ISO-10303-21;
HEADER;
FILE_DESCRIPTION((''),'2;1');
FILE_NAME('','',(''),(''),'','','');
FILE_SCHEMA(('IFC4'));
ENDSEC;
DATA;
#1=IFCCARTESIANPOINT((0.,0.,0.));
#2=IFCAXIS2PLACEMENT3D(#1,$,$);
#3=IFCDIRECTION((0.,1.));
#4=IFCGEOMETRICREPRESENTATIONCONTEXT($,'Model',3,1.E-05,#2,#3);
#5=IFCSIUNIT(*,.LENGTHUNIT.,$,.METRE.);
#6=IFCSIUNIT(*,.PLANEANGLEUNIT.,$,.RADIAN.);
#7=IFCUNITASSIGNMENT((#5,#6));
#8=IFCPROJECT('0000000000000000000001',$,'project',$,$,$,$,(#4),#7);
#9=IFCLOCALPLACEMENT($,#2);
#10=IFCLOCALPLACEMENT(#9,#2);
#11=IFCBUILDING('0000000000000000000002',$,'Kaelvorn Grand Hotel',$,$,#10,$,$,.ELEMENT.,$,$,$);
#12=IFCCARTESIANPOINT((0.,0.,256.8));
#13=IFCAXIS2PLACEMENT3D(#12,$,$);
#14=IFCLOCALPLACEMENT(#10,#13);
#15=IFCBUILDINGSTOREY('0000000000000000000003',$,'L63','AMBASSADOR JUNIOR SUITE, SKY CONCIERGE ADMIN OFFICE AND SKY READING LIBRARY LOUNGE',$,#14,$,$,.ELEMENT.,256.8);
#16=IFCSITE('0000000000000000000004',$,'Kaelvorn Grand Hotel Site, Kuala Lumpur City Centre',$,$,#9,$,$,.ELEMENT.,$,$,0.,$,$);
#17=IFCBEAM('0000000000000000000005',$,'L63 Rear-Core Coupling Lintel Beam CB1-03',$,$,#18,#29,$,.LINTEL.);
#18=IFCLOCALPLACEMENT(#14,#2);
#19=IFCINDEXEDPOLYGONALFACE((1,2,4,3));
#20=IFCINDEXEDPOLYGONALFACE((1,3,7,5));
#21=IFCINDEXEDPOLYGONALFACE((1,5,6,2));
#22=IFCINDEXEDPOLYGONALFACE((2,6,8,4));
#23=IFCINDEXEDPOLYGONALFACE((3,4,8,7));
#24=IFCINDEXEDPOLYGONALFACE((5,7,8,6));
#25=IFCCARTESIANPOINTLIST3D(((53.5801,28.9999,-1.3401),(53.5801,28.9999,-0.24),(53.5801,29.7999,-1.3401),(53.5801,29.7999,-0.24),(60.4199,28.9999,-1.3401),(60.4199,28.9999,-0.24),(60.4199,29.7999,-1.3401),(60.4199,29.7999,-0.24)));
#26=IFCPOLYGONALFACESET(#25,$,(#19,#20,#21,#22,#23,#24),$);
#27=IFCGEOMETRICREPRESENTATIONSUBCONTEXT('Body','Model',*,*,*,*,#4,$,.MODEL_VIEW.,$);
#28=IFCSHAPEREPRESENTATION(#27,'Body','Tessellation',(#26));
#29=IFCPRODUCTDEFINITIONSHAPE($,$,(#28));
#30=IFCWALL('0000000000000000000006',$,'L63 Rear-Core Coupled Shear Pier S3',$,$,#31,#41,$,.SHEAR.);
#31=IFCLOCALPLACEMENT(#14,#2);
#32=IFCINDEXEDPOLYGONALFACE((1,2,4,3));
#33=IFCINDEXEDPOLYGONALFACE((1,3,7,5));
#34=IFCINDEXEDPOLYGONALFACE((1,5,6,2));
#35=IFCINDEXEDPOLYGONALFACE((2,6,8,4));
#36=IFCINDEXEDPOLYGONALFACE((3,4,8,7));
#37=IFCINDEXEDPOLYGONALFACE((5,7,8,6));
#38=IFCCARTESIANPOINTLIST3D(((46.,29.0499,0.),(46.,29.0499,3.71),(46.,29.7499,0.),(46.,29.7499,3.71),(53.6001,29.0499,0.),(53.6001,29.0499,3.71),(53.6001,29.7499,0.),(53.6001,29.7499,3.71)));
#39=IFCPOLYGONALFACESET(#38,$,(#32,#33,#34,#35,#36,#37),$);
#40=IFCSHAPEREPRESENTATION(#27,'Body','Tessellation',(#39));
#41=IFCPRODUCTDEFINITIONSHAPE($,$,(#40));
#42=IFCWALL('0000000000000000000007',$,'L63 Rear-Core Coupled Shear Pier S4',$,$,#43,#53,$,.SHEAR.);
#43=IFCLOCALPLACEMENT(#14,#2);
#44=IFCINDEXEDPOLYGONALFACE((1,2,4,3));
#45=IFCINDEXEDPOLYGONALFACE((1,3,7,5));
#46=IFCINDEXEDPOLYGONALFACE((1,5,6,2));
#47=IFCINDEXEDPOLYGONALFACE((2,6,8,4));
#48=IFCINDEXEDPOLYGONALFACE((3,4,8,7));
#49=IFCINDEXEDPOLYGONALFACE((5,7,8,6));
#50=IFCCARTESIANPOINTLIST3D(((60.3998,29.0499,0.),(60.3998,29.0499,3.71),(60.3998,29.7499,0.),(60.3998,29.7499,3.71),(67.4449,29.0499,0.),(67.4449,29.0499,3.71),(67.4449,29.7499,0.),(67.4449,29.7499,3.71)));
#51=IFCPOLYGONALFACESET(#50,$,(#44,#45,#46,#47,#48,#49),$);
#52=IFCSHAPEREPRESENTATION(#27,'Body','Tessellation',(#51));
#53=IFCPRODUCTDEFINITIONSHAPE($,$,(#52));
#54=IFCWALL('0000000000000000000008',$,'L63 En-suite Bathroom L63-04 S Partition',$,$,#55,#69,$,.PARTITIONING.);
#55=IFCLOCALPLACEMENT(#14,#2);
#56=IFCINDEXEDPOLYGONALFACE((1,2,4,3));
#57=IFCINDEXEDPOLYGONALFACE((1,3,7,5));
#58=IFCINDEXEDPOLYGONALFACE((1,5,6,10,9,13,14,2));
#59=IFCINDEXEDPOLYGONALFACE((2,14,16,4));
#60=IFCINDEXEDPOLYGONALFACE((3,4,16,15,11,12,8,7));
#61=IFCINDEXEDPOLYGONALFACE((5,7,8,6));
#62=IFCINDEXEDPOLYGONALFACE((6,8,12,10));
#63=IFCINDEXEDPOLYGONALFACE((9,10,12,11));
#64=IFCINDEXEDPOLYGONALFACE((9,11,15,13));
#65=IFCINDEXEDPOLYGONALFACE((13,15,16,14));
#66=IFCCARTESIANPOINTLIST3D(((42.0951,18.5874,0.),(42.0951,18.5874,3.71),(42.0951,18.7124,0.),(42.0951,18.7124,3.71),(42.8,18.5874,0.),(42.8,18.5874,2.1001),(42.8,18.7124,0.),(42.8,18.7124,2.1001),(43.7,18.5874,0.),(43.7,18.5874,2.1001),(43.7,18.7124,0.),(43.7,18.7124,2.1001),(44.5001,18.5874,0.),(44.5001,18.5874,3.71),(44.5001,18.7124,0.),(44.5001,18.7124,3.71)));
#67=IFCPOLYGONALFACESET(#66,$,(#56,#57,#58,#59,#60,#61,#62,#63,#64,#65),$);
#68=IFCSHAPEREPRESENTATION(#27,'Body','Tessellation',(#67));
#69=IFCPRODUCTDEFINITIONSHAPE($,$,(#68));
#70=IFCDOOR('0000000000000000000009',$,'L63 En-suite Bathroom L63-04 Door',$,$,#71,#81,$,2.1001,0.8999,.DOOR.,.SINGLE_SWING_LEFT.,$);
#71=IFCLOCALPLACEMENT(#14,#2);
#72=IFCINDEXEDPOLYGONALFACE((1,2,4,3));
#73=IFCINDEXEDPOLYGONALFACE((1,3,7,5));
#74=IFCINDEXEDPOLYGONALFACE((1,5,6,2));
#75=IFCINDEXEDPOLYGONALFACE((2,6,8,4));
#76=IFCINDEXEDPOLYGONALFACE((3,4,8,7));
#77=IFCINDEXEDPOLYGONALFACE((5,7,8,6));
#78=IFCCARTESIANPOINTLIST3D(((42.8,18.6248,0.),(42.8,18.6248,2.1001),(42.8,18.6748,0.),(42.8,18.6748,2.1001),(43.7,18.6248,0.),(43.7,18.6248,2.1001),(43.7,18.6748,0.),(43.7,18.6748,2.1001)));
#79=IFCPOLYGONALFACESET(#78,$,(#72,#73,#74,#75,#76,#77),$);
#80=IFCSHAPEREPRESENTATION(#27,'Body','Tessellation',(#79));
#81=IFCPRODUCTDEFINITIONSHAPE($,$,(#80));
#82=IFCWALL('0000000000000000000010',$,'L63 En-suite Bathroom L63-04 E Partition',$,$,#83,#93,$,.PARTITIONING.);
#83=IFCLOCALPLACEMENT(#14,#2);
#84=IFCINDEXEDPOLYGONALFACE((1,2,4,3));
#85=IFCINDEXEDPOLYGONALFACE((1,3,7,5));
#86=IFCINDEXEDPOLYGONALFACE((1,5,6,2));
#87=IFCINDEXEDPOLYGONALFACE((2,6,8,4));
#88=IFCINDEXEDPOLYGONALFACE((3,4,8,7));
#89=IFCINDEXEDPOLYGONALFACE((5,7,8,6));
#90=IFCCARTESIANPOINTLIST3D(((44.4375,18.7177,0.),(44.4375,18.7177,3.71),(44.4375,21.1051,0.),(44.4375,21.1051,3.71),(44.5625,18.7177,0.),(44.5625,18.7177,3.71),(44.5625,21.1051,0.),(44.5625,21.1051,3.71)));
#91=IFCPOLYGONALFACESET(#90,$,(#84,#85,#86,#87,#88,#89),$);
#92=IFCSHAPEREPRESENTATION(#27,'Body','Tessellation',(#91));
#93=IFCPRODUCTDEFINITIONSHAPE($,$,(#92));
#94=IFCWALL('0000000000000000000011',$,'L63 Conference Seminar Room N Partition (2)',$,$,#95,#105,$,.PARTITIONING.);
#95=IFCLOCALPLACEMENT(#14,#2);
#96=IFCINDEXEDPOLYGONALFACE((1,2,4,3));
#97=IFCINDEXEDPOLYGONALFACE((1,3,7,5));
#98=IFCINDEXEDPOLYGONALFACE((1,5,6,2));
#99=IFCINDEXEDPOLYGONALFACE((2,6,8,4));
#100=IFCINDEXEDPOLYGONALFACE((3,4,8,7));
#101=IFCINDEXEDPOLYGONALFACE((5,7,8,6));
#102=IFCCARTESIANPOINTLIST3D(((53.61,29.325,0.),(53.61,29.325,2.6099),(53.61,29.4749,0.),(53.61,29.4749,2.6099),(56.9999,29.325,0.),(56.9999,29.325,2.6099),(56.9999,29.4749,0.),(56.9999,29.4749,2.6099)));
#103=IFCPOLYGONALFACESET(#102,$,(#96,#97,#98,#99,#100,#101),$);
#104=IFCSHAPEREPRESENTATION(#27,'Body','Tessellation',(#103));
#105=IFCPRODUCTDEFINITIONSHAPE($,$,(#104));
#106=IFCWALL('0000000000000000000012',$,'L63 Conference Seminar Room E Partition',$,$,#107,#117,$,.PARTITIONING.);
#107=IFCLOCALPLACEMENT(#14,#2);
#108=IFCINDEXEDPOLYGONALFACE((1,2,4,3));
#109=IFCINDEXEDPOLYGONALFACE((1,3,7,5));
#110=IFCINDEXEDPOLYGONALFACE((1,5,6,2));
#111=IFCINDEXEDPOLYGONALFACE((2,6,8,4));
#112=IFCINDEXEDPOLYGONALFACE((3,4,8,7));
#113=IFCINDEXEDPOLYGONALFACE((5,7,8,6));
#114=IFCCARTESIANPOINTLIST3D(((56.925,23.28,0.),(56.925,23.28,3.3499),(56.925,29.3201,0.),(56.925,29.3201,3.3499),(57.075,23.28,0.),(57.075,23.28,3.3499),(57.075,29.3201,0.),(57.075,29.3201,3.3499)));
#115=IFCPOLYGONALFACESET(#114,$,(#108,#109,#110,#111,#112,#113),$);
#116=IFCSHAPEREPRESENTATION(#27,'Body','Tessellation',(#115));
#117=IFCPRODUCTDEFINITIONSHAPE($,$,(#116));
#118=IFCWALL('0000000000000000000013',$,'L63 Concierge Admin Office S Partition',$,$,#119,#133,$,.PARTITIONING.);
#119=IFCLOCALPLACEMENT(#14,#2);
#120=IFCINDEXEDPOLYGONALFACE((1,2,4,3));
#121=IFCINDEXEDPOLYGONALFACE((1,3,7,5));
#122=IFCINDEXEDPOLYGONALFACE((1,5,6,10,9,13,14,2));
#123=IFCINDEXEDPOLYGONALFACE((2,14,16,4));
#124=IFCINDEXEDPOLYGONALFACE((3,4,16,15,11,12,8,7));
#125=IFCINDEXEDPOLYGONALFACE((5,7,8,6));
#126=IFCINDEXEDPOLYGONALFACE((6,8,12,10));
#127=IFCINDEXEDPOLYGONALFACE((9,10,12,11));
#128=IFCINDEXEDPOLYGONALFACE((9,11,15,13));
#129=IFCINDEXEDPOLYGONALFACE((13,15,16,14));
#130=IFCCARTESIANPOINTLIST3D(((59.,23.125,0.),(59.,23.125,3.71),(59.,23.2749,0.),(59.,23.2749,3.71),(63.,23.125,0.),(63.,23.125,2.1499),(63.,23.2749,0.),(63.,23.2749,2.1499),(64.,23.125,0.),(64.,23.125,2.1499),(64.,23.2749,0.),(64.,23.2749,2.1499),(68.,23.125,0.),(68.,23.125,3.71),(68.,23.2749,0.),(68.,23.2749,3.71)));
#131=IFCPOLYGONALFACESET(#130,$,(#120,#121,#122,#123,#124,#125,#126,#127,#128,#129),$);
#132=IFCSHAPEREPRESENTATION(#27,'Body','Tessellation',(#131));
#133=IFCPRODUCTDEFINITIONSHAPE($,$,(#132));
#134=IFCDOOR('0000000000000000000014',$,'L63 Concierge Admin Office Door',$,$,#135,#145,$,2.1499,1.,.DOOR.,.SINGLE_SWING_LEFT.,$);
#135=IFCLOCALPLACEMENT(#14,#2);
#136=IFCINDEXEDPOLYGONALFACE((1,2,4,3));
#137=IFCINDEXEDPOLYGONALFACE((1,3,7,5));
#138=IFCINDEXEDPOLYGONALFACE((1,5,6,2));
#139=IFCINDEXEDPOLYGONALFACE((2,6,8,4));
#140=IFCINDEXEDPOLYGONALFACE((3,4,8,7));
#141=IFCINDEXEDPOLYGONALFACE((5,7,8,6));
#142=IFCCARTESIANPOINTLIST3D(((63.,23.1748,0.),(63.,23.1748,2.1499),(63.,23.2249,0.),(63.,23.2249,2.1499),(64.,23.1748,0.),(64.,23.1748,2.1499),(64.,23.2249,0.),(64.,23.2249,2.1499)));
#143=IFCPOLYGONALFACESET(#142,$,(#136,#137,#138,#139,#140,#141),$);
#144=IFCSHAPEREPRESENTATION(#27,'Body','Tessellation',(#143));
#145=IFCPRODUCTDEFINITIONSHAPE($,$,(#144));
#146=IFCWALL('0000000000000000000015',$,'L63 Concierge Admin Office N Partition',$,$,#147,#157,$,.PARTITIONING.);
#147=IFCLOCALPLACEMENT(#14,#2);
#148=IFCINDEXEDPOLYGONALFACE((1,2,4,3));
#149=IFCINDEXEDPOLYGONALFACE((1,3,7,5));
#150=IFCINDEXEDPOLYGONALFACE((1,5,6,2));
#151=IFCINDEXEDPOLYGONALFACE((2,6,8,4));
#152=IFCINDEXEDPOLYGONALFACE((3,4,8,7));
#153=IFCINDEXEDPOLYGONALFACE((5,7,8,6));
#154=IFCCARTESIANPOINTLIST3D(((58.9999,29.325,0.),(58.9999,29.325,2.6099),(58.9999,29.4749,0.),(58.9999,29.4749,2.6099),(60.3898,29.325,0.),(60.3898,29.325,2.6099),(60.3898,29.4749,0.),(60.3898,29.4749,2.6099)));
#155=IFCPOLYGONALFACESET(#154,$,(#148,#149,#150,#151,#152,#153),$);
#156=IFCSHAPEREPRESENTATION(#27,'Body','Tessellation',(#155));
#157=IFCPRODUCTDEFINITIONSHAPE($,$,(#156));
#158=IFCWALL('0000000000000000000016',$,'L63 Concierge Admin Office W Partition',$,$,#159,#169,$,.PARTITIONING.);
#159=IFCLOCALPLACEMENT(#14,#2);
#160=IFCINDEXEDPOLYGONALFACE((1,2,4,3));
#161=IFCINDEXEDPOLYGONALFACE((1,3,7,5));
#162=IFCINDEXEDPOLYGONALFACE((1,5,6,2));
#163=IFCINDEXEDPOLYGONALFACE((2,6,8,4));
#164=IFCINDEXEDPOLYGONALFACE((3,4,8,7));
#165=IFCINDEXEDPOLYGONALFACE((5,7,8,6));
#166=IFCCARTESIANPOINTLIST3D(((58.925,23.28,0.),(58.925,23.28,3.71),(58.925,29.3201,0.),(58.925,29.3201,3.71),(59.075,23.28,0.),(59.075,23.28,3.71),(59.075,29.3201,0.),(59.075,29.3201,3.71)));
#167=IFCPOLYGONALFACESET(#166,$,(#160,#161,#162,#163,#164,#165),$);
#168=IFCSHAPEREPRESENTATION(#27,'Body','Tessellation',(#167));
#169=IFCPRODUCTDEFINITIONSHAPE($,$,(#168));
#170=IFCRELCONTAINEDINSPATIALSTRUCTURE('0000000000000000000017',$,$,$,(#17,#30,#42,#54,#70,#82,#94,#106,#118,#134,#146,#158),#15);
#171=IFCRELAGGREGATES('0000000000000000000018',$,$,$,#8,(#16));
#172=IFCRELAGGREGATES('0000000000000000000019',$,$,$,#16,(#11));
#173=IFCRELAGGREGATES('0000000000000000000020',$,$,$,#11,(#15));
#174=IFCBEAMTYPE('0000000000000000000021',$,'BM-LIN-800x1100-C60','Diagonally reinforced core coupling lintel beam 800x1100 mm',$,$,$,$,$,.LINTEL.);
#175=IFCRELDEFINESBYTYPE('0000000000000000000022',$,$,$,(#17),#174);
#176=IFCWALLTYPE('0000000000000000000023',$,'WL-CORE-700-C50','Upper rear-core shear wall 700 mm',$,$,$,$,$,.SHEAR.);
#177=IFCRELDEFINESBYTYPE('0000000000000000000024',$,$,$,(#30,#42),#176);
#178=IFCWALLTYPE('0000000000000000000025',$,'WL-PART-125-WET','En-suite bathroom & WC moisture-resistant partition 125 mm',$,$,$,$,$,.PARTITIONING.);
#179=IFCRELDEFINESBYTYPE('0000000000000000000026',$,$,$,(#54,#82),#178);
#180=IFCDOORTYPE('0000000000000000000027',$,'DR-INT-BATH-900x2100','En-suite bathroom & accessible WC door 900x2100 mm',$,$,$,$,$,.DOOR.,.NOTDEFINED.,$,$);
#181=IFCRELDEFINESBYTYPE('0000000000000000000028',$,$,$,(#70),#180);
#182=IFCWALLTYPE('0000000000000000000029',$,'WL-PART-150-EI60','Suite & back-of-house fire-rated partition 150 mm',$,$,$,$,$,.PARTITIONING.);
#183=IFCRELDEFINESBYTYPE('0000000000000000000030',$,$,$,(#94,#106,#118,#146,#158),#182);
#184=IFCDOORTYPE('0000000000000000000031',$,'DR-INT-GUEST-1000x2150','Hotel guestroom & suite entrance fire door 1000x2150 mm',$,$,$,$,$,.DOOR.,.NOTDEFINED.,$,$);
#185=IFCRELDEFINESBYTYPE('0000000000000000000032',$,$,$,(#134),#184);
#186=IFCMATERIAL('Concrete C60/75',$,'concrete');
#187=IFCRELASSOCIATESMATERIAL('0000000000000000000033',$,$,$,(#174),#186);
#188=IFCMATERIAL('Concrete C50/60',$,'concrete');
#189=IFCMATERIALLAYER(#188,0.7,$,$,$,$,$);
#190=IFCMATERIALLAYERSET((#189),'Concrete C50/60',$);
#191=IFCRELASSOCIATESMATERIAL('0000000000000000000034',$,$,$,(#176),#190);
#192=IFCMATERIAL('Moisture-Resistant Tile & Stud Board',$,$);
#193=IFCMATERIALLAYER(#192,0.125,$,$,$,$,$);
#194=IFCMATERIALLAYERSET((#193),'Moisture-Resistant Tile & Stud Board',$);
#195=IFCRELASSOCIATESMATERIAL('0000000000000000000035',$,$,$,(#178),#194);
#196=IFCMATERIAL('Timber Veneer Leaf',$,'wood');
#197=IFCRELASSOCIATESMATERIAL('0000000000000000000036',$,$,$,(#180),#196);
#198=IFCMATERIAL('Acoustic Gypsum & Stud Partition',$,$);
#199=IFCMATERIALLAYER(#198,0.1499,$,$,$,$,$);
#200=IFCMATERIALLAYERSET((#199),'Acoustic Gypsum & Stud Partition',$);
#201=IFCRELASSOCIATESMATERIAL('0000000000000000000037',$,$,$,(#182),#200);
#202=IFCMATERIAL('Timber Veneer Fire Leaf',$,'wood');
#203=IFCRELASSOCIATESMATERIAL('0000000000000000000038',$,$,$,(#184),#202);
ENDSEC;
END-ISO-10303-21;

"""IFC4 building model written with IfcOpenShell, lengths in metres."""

from ifc_helpers import new_model, si_unit, direction, frame, frame_2d, origin, origin_2d, place, context, subcontext, project, spatial, rectangle, extrude, material, layer, layer_set, material_profile, profile_set, type_object, element, fill, save


model = new_model("IFC4")

# Units and contexts
model_context = context("Model", 3, precision=1e-05, world=origin(), true_north=direction((0.0, 1.0)))
body_context = subcontext(model_context, "Body", "Model", "MODEL_VIEW")
ifc_project = project(units=[si_unit("LENGTHUNIT", "METRE"), si_unit("PLANEANGLEUNIT", "RADIAN")], contexts=[model_context])

# Site, building, storey
site_placement = place(None, origin())
site = spatial("IfcSite", under=ifc_project, at=site_placement, Name="Kaelvorn Grand Hotel Site, Kuala Lumpur City Centre", CompositionType="ELEMENT", RefElevation=0.0)
building_placement = place(site_placement, origin())
building = spatial("IfcBuilding", under=site, at=building_placement, Name="Kaelvorn Grand Hotel", CompositionType="ELEMENT")
storey_placement = place(building_placement, frame((0.0, 0.0, 256.8)))
storey = spatial("IfcBuildingStorey", under=building, at=storey_placement, Name="L63", Description="AMBASSADOR JUNIOR SUITE, SKY CONCIERGE ADMIN OFFICE AND SKY READING LIBRARY LOUNGE", CompositionType="ELEMENT", Elevation=256.8)

# Shared definitions
ifc_material_1 = material(Name="Concrete C50/60", Category="concrete")

# Beam
ifc_material_2 = material(Name="Concrete C60/75", Category="concrete")
ifc_material_profile_1 = material_profile(ifc_material_2, rectangle(XDim=0.8, YDim=1.1001, at=origin_2d()), Name="RC LINTEL 800x1100")
ifc_profile_set_1 = profile_set([ifc_material_profile_1], Name="Concrete C60/75")
beam_type_1 = type_object("IfcBeamType", Name="BM-LIN-800x1100-C60", Description="Diagonally reinforced core coupling lintel beam 800x1100 mm", PredefinedType="LINTEL", material=ifc_profile_set_1)
beam_1_placement = place(storey_placement, frame((53.5801, 29.3999, -0.79), z_axis=(1.0, 0.0, 0.0), x_axis=(0.0, 1.0, 0.0)))
element("IfcBeam", 1, at=beam_1_placement, inside=storey, type_object=beam_type_1, Name="L63 Rear-Core Coupling Lintel Beam CB1-03", PredefinedType="LINTEL", context=body_context, shape_type="SweptSolid", body=[
    extrude(rectangle(XDim=0.8, YDim=1.1001, at=origin_2d()), origin(), (0.0, 0.0, 1.0), 6.8398),
])

# Walls
ifc_layer_1 = layer(ifc_material_1, 0.7)
ifc_layer_set_1 = layer_set([ifc_layer_1], Name="Concrete C50/60")
wall_type_1 = type_object("IfcWallType", Name="WL-CORE-700-C50", Description="Upper rear-core shear wall 700 mm", PredefinedType="SHEAR", material=ifc_layer_set_1)
wall_1_placement = place(storey_placement, frame((46.0, 29.3999, 0.0), z_axis=(0.0, 0.0, 1.0), x_axis=(1.0, 0.0, 0.0)))
element("IfcWall", 2, at=wall_1_placement, inside=storey, type_object=wall_type_1, Name="L63 Rear-Core Coupled Shear Pier S3", PredefinedType="SHEAR", context=body_context, shape_type="SweptSolid", body=[
    extrude(rectangle(XDim=7.6001, YDim=0.7, at=frame_2d((3.8, 0.0))), origin(), (0.0, 0.0, 1.0), 3.71),
])
wall_2_placement = place(storey_placement, frame((60.3999, 29.3999, 0.0), z_axis=(0.0, 0.0, 1.0), x_axis=(1.0, 0.0, 0.0)))
element("IfcWall", 3, at=wall_2_placement, inside=storey, type_object=wall_type_1, Name="L63 Rear-Core Coupled Shear Pier S4", PredefinedType="SHEAR", context=body_context, shape_type="SweptSolid", body=[
    extrude(rectangle(XDim=7.0452, YDim=0.7, at=frame_2d((3.5225, 0.0))), origin(), (0.0, 0.0, 1.0), 3.71),
])

# Wall, opening, door
ifc_material_3 = material(Name="Moisture-Resistant Tile & Stud Board")
ifc_layer_2 = layer(ifc_material_3, 0.125)
ifc_layer_set_2 = layer_set([ifc_layer_2], Name="Moisture-Resistant Tile & Stud Board")
wall_type_2 = type_object("IfcWallType", Name="WL-PART-125-WET", Description="En-suite bathroom & WC moisture-resistant partition 125 mm", PredefinedType="PARTITIONING", material=ifc_layer_set_2)
wall_3_placement = place(storey_placement, frame((42.095, 18.6499, 0.0), z_axis=(0.0, 0.0, 1.0), x_axis=(1.0, 0.0, 0.0)))
wall_3 = element("IfcWall", 4, at=wall_3_placement, inside=storey, type_object=wall_type_2, Name="L63 En-suite Bathroom L63-04 S Partition", PredefinedType="PARTITIONING", context=body_context, shape_type="SweptSolid", body=[
    extrude(rectangle(XDim=2.405, YDim=0.125, at=frame_2d((1.2026, 0.0))), origin(), (0.0, 0.0, 1.0), 3.71),
])
opening_1_placement = place(wall_3_placement, frame((0.7051, 0.0, 0.0)))
opening_1 = element("IfcOpeningElement", 5, at=opening_1_placement, cuts=wall_3, PredefinedType="OPENING", context=body_context, shape_type="SweptSolid", body=[
    extrude(rectangle(XDim=0.8999, YDim=2.1001, at=frame_2d((0.45, 1.05))), frame((0.0, 0.0725, 0.0), z_axis=(0.0, -1.0, 0.0), x_axis=(1.0, 0.0, 0.0)), (0.0, 0.0, 1.0), 0.145),
])
ifc_material_4 = material(Name="Timber Veneer Leaf", Category="wood")
door_type_1 = type_object("IfcDoorType", Name="DR-INT-BATH-900x2100", Description="En-suite bathroom & accessible WC door 900x2100 mm", OperationType="NOTDEFINED", PredefinedType="DOOR", material=ifc_material_4)
door_1_placement = place(opening_1_placement, origin())
door_1 = element("IfcDoor", 6, at=door_1_placement, inside=storey, type_object=door_type_1, Name="L63 En-suite Bathroom L63-04 Door", OperationType="SINGLE_SWING_LEFT", OverallHeight=2.1001, OverallWidth=0.8999, PredefinedType="DOOR", context=body_context, shape_type="SweptSolid", body=[
    extrude(rectangle(XDim=0.8999, YDim=2.1001, at=frame_2d((0.45, 1.05))), frame((0.0, 0.0249, 0.0), z_axis=(0.0, -1.0, 0.0), x_axis=(1.0, 0.0, 0.0)), (0.0, 0.0, 1.0), 0.05),
])
fill(opening_1, door_1)

# Walls
wall_4_placement = place(storey_placement, frame((44.5, 18.7175, 0.0), z_axis=(0.0, 0.0, 1.0), x_axis=(0.0, 1.0, 0.0)))
element("IfcWall", 7, at=wall_4_placement, inside=storey, type_object=wall_type_2, Name="L63 En-suite Bathroom L63-04 E Partition", PredefinedType="PARTITIONING", context=body_context, shape_type="SweptSolid", body=[
    extrude(rectangle(XDim=2.3875, YDim=0.125, at=frame_2d((1.1938, 0.0))), origin(), (0.0, 0.0, 1.0), 3.71),
])
ifc_material_5 = material(Name="Acoustic Gypsum & Stud Partition")
ifc_layer_3 = layer(ifc_material_5, 0.1499)
ifc_layer_set_3 = layer_set([ifc_layer_3], Name="Acoustic Gypsum & Stud Partition")
wall_type_3 = type_object("IfcWallType", Name="WL-PART-150-EI60", Description="Suite & back-of-house fire-rated partition 150 mm", PredefinedType="PARTITIONING", material=ifc_layer_set_3)
wall_5_placement = place(storey_placement, frame((53.6101, 29.3999, 0.0), z_axis=(0.0, 0.0, 1.0), x_axis=(1.0, 0.0, 0.0)))
element("IfcWall", 8, at=wall_5_placement, inside=storey, type_object=wall_type_3, Name="L63 Conference Seminar Room N Partition (2)", PredefinedType="PARTITIONING", context=body_context, shape_type="SweptSolid", body=[
    extrude(rectangle(XDim=3.3899, YDim=0.1499, at=frame_2d((1.6948, 0.0))), origin(), (0.0, 0.0, 1.0), 2.6099),
])
wall_6_placement = place(storey_placement, frame((57.0, 23.28, 0.0), z_axis=(0.0, 0.0, 1.0), x_axis=(0.0, 1.0, 0.0)))
element("IfcWall", 9, at=wall_6_placement, inside=storey, type_object=wall_type_3, Name="L63 Conference Seminar Room E Partition", PredefinedType="PARTITIONING", context=body_context, shape_type="SweptSolid", body=[
    extrude(rectangle(XDim=6.04, YDim=0.1499, at=frame_2d((3.02, 0.0))), origin(), (0.0, 0.0, 1.0), 3.3499),
])

# Wall, opening, door
wall_7_placement = place(storey_placement, frame((59.0, 23.2, 0.0), z_axis=(0.0, 0.0, 1.0), x_axis=(1.0, 0.0, 0.0)))
wall_7 = element("IfcWall", 10, at=wall_7_placement, inside=storey, type_object=wall_type_3, Name="L63 Concierge Admin Office S Partition", PredefinedType="PARTITIONING", context=body_context, shape_type="SweptSolid", body=[
    extrude(rectangle(XDim=9.0, YDim=0.1499, at=frame_2d((4.5, 0.0))), origin(), (0.0, 0.0, 1.0), 3.71),
])
opening_2_placement = place(wall_7_placement, frame((4.0, 0.0, 0.0)))
opening_2 = element("IfcOpeningElement", 11, at=opening_2_placement, cuts=wall_7, PredefinedType="OPENING", context=body_context, shape_type="SweptSolid", body=[
    extrude(rectangle(XDim=1.0, YDim=2.1499, at=frame_2d((0.5, 1.075))), frame((0.0, 0.085, 0.0), z_axis=(0.0, -1.0, 0.0), x_axis=(1.0, 0.0, 0.0)), (0.0, 0.0, 1.0), 0.1699),
])
ifc_material_6 = material(Name="Timber Veneer Fire Leaf", Category="wood")
door_type_2 = type_object("IfcDoorType", Name="DR-INT-GUEST-1000x2150", Description="Hotel guestroom & suite entrance fire door 1000x2150 mm", OperationType="NOTDEFINED", PredefinedType="DOOR", material=ifc_material_6)
door_2_placement = place(opening_2_placement, origin())
door_2 = element("IfcDoor", 12, at=door_2_placement, inside=storey, type_object=door_type_2, Name="L63 Concierge Admin Office Door", OperationType="SINGLE_SWING_LEFT", OverallHeight=2.1499, OverallWidth=1.0, PredefinedType="DOOR", context=body_context, shape_type="SweptSolid", body=[
    extrude(rectangle(XDim=1.0, YDim=2.1499, at=frame_2d((0.5, 1.075))), frame((0.0, 0.0249, 0.0), z_axis=(0.0, -1.0, 0.0), x_axis=(1.0, 0.0, 0.0)), (0.0, 0.0, 1.0), 0.05),
])
fill(opening_2, door_2)

# Walls
wall_8_placement = place(storey_placement, frame((59.0, 29.3999, 0.0), z_axis=(0.0, 0.0, 1.0), x_axis=(1.0, 0.0, 0.0)))
element("IfcWall", 13, at=wall_8_placement, inside=storey, type_object=wall_type_3, Name="L63 Concierge Admin Office N Partition", PredefinedType="PARTITIONING", context=body_context, shape_type="SweptSolid", body=[
    extrude(rectangle(XDim=1.3899, YDim=0.1499, at=frame_2d((0.6948, 0.0))), origin(), (0.0, 0.0, 1.0), 2.6099),
])
wall_9_placement = place(storey_placement, frame((59.0, 23.28, 0.0), z_axis=(0.0, 0.0, 1.0), x_axis=(0.0, 1.0, 0.0)))
element("IfcWall", 14, at=wall_9_placement, inside=storey, type_object=wall_type_3, Name="L63 Concierge Admin Office W Partition", PredefinedType="PARTITIONING", context=body_context, shape_type="SweptSolid", body=[
    extrude(rectangle(XDim=6.04, YDim=0.1499, at=frame_2d((3.02, 0.0))), origin(), (0.0, 0.0, 1.0), 3.71),
])

save(model, "model.ifc")
